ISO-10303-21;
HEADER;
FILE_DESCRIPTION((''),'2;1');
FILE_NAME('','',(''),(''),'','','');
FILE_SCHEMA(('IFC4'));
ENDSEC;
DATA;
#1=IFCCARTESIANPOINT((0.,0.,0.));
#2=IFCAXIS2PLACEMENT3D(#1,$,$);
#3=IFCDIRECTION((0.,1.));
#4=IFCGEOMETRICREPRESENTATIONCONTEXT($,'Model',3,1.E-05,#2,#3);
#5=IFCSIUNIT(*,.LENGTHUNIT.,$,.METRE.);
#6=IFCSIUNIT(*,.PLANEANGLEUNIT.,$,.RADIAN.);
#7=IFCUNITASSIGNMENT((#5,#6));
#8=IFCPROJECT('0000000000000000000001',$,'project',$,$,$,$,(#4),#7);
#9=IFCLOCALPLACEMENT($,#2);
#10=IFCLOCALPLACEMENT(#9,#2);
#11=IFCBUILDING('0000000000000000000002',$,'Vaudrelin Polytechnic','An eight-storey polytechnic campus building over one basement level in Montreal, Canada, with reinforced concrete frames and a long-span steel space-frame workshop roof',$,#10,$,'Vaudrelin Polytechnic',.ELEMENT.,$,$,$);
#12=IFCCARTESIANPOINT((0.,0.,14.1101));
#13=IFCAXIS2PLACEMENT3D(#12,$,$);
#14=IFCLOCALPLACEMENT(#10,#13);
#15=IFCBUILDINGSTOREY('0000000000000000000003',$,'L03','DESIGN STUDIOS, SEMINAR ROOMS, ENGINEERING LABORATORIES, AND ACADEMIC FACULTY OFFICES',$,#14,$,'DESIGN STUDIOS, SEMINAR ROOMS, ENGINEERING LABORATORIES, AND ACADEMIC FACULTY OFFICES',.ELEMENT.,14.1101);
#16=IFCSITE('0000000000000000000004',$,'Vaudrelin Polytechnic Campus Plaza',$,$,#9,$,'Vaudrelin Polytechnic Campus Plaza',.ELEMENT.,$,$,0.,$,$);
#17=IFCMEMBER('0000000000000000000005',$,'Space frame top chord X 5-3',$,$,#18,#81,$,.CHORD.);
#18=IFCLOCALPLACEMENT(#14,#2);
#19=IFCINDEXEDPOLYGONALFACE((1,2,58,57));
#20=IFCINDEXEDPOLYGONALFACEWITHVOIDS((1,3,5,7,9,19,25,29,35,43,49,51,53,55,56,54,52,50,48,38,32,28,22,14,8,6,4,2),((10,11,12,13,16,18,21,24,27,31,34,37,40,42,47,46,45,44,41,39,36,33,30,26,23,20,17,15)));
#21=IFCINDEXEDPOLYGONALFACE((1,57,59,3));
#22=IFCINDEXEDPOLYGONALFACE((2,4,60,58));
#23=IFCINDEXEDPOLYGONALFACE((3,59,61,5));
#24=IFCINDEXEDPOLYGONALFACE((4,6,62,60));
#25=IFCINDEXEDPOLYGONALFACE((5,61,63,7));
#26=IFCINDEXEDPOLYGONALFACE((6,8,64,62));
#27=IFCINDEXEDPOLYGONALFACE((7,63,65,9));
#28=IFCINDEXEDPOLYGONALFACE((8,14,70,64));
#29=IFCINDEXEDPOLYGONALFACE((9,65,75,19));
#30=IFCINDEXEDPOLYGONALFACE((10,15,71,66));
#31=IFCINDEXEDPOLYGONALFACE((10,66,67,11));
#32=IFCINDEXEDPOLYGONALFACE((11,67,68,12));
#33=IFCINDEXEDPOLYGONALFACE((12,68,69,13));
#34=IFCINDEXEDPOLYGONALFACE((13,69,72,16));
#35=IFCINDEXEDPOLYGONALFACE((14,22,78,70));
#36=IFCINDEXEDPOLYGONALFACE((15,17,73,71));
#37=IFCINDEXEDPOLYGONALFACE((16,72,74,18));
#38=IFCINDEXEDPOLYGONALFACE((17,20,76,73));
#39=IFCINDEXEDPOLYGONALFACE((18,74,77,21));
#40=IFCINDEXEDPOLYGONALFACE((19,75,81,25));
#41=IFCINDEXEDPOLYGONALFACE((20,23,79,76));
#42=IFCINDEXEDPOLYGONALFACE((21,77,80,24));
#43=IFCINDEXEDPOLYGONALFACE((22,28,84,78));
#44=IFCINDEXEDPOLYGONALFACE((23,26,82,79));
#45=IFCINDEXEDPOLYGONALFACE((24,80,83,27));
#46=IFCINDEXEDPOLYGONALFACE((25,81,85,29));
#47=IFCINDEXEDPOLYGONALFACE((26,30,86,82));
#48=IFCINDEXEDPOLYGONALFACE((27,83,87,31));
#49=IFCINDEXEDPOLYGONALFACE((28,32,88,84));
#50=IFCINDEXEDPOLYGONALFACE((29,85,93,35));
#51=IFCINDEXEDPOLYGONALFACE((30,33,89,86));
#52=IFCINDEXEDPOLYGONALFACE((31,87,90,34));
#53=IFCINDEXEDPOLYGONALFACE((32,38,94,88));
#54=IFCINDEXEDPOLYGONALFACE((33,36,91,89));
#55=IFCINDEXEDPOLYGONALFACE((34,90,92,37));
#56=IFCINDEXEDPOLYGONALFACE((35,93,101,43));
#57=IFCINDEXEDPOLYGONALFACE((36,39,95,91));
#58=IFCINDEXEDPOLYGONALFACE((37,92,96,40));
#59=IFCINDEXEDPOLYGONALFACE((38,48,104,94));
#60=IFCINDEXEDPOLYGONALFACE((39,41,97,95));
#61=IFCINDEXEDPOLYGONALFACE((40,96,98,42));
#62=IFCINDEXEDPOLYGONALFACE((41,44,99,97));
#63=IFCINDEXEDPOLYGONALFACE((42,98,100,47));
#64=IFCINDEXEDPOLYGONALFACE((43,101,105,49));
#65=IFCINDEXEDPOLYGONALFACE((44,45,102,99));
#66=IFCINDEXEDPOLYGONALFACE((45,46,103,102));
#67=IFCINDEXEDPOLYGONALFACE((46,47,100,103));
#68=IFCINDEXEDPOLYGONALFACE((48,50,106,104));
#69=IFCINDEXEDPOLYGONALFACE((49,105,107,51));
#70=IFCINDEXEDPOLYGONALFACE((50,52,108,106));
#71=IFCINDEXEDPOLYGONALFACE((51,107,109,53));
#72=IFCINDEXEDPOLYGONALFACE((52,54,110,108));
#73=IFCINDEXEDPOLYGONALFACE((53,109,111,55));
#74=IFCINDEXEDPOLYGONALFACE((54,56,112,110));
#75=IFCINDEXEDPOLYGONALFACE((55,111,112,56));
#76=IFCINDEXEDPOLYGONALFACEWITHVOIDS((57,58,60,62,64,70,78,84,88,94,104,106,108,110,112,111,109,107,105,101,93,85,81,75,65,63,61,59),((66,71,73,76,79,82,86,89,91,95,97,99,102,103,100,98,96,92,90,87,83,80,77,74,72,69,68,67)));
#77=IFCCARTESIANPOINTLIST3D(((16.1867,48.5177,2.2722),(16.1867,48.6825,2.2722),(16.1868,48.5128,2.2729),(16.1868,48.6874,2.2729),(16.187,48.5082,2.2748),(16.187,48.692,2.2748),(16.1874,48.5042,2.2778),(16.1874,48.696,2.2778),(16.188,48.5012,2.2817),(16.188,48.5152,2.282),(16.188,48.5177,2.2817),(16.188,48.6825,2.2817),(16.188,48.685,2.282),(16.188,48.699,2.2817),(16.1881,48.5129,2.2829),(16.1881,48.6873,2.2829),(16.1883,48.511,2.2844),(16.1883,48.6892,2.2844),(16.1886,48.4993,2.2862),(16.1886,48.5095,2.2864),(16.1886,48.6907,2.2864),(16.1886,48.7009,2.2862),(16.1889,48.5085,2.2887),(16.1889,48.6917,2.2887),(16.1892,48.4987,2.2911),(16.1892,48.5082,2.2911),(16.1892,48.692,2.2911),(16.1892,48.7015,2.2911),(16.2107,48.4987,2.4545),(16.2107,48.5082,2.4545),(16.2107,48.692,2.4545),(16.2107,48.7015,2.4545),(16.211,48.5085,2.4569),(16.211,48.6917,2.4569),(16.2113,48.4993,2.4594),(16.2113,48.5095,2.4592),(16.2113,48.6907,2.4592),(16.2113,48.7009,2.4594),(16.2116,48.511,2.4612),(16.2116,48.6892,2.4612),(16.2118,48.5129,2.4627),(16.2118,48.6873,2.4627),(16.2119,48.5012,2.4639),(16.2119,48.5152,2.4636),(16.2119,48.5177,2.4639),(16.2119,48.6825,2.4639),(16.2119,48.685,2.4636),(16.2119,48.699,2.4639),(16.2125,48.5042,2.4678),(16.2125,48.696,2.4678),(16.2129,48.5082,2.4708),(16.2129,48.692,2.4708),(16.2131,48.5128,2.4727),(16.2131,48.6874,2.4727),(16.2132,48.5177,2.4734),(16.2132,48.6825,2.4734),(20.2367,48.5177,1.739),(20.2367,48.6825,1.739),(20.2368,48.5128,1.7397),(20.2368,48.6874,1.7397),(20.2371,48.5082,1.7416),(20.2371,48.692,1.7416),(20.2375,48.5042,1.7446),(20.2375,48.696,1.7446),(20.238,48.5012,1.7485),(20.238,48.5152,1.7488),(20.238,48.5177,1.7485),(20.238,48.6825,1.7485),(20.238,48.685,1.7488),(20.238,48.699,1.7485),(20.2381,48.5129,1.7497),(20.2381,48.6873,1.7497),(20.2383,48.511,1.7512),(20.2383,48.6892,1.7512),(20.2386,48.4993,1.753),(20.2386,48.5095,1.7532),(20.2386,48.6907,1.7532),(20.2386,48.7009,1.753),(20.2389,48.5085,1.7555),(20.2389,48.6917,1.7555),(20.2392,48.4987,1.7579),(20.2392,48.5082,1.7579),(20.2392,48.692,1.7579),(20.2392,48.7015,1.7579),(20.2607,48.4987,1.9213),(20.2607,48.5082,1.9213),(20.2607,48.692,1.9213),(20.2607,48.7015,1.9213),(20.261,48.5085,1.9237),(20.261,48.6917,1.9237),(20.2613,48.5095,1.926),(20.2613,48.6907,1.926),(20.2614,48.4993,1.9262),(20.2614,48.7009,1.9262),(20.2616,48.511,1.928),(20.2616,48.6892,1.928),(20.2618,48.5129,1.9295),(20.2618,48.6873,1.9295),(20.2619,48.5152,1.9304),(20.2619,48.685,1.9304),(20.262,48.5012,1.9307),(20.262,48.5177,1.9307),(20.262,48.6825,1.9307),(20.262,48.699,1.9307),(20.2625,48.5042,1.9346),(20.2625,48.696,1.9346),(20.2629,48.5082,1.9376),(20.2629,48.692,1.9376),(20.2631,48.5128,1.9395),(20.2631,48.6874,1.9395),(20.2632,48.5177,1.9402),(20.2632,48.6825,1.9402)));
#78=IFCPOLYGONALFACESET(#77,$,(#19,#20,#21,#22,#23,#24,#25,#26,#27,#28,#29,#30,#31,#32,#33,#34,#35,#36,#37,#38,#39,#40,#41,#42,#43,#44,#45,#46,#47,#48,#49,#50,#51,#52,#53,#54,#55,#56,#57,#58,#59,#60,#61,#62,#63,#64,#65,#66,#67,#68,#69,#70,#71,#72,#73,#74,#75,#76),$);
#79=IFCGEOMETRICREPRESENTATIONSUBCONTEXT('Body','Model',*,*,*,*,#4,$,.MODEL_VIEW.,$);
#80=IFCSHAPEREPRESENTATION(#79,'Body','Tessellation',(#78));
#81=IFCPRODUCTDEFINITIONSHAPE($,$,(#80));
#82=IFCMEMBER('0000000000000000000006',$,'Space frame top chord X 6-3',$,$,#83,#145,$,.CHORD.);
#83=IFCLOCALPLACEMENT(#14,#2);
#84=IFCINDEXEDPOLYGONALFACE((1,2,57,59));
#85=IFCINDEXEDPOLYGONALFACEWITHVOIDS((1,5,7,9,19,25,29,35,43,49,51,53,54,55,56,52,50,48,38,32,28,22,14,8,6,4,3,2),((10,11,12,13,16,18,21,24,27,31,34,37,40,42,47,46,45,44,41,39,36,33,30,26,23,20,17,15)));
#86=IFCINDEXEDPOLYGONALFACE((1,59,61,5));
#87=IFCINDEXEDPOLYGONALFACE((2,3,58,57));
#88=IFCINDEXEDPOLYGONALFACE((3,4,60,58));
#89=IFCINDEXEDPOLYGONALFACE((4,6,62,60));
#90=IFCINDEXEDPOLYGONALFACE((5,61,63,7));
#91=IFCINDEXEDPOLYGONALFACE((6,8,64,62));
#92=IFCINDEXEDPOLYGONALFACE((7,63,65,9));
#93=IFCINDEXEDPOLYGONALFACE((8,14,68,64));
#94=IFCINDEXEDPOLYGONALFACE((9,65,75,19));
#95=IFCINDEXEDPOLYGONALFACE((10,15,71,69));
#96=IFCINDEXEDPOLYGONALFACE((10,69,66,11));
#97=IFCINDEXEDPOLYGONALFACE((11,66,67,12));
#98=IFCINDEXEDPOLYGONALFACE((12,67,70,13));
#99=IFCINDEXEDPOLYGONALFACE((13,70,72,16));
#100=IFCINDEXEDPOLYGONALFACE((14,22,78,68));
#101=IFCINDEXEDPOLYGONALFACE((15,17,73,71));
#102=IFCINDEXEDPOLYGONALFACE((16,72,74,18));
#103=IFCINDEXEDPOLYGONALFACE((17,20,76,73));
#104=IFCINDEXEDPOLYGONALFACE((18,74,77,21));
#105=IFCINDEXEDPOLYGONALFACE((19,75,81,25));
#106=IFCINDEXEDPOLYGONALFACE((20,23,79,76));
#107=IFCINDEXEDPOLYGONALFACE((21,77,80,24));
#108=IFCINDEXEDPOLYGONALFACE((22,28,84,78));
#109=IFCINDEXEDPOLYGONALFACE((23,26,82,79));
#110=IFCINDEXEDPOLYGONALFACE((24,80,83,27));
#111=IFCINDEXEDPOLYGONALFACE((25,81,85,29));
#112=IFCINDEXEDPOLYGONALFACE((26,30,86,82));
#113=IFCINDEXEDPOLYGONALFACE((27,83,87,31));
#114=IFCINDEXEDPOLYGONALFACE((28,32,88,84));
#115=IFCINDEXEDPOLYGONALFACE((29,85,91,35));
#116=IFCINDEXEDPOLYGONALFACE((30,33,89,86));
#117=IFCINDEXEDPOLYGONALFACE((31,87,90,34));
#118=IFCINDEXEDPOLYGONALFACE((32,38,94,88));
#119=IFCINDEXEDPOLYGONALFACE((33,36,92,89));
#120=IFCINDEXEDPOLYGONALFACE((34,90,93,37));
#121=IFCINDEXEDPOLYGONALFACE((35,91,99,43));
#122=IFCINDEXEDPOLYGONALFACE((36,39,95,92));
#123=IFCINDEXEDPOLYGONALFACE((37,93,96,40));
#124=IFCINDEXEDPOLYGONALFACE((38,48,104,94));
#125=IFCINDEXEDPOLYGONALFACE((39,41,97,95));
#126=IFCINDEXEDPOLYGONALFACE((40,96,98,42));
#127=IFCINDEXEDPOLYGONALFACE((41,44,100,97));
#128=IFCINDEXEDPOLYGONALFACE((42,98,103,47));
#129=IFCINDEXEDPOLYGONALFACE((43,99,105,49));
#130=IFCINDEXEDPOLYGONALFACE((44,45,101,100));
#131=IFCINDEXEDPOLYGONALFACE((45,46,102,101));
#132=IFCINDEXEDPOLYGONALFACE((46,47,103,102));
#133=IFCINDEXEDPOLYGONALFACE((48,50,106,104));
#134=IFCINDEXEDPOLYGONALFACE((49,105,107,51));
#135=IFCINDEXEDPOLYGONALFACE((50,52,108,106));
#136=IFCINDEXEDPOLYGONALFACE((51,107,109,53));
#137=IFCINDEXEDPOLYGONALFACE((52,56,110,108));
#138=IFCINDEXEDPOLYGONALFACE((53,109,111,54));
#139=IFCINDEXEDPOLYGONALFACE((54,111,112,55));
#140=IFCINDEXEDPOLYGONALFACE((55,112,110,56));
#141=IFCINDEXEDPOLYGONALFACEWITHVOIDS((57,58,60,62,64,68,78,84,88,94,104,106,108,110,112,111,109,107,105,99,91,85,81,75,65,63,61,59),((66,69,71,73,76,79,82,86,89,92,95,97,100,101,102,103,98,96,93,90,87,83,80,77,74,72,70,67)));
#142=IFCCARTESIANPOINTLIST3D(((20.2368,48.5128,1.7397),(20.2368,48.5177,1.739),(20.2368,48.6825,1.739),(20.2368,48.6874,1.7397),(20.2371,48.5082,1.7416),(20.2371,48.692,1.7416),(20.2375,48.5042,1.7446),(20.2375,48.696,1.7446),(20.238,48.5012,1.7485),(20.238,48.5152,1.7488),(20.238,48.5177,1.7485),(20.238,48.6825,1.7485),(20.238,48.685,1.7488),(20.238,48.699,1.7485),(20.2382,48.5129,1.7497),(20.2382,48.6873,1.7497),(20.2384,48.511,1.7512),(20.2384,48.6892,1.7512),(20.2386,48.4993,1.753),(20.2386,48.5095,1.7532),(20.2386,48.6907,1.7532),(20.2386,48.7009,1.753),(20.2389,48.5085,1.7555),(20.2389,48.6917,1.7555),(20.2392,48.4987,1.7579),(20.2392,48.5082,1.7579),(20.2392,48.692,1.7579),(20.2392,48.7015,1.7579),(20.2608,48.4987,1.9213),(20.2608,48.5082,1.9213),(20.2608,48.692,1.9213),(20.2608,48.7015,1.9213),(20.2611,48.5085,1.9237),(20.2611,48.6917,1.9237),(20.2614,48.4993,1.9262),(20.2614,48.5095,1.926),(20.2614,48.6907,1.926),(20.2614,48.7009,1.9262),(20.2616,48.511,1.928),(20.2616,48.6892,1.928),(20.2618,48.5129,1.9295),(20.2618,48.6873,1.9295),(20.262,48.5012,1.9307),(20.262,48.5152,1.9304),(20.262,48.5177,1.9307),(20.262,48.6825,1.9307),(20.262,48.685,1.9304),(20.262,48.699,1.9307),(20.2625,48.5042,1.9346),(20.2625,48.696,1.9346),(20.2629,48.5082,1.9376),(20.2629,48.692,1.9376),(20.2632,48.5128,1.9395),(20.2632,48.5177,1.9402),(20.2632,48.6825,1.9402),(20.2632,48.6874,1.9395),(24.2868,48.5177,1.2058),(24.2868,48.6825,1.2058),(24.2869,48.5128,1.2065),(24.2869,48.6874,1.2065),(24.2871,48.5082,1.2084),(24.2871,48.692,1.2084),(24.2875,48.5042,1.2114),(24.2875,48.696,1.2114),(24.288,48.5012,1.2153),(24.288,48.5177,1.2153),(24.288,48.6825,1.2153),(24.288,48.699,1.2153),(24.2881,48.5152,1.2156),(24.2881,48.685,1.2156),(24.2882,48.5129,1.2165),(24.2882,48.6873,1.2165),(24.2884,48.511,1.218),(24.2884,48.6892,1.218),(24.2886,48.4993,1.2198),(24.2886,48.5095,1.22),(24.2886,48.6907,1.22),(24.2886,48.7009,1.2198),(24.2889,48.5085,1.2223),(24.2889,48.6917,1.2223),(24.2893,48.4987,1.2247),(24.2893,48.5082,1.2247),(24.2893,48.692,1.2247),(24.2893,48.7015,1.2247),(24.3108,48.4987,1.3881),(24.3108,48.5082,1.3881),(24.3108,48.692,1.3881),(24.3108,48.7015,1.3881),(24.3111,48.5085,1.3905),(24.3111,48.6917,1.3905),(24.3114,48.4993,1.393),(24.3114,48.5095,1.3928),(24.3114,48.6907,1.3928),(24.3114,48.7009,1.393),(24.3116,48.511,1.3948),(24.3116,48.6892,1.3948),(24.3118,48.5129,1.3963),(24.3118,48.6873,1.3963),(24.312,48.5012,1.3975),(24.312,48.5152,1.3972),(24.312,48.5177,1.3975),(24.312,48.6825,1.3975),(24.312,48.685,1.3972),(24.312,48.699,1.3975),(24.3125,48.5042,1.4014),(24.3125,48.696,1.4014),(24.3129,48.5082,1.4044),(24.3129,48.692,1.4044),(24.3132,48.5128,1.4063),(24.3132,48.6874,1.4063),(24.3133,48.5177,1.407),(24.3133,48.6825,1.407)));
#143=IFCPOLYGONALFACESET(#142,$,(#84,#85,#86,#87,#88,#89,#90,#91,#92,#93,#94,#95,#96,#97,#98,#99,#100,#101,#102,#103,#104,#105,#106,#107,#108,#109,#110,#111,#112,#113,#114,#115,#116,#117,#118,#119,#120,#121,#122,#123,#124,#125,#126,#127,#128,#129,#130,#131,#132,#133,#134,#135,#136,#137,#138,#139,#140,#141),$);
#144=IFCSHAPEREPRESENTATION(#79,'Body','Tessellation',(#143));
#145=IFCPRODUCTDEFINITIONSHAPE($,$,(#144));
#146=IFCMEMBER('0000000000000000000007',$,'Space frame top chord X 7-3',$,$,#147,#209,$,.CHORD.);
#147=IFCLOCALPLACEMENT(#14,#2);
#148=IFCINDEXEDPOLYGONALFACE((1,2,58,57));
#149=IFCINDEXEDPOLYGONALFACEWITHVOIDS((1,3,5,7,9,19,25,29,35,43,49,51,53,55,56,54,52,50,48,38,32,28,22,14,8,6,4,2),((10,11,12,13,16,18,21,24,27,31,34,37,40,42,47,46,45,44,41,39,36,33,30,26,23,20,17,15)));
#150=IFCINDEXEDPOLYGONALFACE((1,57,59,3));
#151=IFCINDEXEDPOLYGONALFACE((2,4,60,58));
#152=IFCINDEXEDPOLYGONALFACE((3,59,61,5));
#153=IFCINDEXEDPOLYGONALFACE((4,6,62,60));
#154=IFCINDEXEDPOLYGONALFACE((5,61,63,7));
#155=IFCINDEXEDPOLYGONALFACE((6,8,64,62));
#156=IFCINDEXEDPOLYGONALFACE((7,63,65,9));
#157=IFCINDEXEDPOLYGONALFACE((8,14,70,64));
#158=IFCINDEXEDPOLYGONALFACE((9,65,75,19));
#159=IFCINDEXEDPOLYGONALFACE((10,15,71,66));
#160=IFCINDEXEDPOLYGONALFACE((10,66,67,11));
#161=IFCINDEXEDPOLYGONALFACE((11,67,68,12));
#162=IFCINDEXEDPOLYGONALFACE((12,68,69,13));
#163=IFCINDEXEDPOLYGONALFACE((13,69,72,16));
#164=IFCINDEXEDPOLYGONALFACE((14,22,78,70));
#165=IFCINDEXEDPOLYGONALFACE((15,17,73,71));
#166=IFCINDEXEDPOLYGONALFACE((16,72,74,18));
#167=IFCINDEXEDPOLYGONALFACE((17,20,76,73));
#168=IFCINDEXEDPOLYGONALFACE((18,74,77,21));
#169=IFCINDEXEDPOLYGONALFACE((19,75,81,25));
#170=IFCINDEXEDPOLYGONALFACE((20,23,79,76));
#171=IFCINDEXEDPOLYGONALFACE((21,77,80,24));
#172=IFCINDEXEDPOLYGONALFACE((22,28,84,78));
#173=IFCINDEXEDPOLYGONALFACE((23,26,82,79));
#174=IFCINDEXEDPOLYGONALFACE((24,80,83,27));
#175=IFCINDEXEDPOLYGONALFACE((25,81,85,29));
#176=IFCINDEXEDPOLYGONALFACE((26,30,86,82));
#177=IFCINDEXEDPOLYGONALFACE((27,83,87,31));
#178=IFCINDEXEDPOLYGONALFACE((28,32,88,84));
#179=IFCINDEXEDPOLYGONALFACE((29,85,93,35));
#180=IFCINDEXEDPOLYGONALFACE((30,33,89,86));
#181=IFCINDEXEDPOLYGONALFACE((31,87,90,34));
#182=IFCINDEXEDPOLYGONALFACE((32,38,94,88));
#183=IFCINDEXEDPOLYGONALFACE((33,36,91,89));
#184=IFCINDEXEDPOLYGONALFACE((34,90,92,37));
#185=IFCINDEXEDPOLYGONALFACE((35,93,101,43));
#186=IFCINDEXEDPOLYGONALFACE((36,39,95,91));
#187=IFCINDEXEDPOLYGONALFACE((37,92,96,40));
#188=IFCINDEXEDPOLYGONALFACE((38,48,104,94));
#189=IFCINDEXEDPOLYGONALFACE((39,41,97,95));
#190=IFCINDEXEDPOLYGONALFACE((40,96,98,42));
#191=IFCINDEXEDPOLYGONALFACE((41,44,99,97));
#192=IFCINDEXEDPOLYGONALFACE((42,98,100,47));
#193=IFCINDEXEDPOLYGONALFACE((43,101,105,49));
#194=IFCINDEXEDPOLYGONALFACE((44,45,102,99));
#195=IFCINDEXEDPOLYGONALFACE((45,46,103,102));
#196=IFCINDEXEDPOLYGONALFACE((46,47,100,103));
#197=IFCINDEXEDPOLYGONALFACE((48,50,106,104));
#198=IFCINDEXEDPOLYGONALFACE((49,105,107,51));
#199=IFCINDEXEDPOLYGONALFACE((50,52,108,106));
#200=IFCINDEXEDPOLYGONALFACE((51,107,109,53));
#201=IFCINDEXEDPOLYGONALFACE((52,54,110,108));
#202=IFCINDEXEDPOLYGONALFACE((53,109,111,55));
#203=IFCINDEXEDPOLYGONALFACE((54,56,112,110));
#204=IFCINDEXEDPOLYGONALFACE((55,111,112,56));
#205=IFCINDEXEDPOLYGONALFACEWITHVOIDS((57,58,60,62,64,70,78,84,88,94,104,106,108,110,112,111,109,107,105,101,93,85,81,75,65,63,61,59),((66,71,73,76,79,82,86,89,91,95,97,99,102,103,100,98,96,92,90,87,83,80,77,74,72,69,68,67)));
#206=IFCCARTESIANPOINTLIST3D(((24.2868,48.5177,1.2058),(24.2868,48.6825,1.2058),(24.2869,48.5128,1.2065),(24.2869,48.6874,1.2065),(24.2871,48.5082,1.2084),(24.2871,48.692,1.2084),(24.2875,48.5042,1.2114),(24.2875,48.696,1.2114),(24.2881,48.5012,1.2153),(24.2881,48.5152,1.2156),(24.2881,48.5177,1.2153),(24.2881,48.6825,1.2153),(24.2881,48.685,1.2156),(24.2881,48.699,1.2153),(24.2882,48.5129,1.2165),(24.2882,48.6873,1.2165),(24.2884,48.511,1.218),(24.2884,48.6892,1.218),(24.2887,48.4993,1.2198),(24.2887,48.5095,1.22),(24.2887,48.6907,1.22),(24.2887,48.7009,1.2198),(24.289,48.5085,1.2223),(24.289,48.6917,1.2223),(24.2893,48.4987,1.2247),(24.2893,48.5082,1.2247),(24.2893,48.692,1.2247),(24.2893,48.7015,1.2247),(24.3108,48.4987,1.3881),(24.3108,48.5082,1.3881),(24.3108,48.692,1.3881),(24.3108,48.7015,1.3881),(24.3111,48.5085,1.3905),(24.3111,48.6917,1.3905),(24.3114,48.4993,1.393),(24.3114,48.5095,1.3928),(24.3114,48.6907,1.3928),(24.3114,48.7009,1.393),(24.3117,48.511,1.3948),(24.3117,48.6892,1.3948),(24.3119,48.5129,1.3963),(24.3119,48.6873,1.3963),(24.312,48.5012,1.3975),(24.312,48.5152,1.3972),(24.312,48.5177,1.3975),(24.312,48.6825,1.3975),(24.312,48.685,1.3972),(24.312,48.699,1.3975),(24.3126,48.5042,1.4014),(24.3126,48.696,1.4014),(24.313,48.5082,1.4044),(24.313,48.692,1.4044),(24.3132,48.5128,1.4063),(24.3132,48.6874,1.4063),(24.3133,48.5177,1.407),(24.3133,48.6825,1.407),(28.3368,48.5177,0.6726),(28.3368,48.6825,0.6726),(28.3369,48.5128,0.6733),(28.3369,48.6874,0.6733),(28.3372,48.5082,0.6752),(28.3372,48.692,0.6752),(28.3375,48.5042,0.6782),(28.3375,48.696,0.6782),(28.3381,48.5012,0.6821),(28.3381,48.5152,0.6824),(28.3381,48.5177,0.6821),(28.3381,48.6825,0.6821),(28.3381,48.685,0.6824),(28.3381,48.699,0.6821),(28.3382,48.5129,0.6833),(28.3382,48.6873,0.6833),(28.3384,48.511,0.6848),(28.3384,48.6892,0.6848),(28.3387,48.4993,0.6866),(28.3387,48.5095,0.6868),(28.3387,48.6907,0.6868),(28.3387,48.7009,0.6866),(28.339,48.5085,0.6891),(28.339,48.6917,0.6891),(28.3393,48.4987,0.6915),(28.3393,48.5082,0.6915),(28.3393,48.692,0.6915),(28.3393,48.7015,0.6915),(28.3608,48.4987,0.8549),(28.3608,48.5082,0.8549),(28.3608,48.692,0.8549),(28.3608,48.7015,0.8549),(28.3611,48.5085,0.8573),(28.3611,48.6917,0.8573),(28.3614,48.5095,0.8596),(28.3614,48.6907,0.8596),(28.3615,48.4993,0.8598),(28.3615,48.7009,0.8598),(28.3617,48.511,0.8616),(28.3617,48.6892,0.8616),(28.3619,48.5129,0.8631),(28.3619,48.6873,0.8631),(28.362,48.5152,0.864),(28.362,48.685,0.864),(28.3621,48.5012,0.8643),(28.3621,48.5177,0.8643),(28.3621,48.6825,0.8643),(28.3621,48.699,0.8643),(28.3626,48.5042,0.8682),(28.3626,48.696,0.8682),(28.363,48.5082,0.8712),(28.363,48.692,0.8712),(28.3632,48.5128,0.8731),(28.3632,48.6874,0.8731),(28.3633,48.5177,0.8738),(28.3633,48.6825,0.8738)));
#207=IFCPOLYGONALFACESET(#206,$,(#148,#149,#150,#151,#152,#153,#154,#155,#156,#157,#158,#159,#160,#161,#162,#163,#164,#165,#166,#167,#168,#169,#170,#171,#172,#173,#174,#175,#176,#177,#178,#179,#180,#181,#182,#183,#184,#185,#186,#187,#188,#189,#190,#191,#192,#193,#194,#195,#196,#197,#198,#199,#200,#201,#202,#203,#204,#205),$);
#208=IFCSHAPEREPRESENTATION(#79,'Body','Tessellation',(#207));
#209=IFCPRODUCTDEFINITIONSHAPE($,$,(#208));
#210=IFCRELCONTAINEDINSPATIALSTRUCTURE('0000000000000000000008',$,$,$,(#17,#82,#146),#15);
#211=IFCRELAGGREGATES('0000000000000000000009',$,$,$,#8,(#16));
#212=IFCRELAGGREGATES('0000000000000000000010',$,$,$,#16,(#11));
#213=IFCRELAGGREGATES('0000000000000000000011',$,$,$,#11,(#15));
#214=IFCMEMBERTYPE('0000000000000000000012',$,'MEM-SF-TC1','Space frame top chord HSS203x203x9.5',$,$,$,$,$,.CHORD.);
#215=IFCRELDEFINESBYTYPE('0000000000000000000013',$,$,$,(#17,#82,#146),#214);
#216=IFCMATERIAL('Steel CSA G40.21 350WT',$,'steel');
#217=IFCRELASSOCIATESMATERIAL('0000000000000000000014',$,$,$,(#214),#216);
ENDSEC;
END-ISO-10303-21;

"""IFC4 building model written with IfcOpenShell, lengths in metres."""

from ifc_helpers import new_model, si_unit, direction, frame, origin, origin_2d, place, context, subcontext, project, spatial, hollow_rectangle, extrude, material, material_profile, profile_set, type_object, element, save


model = new_model("IFC4")

# Units and contexts
model_context = context("Model", 3, precision=1e-05, world=origin(), true_north=direction((0.0, 1.0)))
body_context = subcontext(model_context, "Body", "Model", "MODEL_VIEW")
ifc_project = project(units=[si_unit("LENGTHUNIT", "METRE"), si_unit("PLANEANGLEUNIT", "RADIAN")], contexts=[model_context])

# Site, building, storey
site_placement = place(None, origin())
site = spatial("IfcSite", under=ifc_project, at=site_placement, Name="Vaudrelin Polytechnic Campus Plaza", LongName="Vaudrelin Polytechnic Campus Plaza", CompositionType="ELEMENT", RefElevation=0.0)
building_placement = place(site_placement, origin())
building = spatial("IfcBuilding", under=site, at=building_placement, Name="Vaudrelin Polytechnic", Description="An eight-storey polytechnic campus building over one basement level in Montreal, Canada, with reinforced concrete frames and a long-span steel space-frame workshop roof", LongName="Vaudrelin Polytechnic", CompositionType="ELEMENT")
storey_placement = place(building_placement, frame((0.0, 0.0, 14.1101)))
storey = spatial("IfcBuildingStorey", under=building, at=storey_placement, Name="L03", Description="DESIGN STUDIOS, SEMINAR ROOMS, ENGINEERING LABORATORIES, AND ACADEMIC FACULTY OFFICES", LongName="DESIGN STUDIOS, SEMINAR ROOMS, ENGINEERING LABORATORIES, AND ACADEMIC FACULTY OFFICES", CompositionType="ELEMENT", Elevation=14.1101)

# Members
ifc_material = material(Name="Steel CSA G40.21 350WT", Category="steel")
ifc_material_profile_1 = material_profile(ifc_material, hollow_rectangle(XDim=0.2029, YDim=0.2029, WallThickness=0.0095, InnerFilletRadius=0.0095, OuterFilletRadius=0.019, at=origin_2d()), Name="HSS203x203x9.5")
ifc_profile_set_1 = profile_set([ifc_material_profile_1], Name="Steel CSA G40.21 350WT")
member_type_1 = type_object("IfcMemberType", Name="MEM-SF-TC1", Description="Space frame top chord HSS203x203x9.5", PredefinedType="CHORD", material=ifc_profile_set_1)
for number, where, z_axis, x_axis, name in (
    (1, (16.2, 48.6001, 2.3728), (0.991445, 0.0, -0.130527), (0.0, 1.0, 0.0), "Space frame top chord X 5-3"),
    (2, (20.25, 48.6001, 1.8396), (0.991445, 0.0, -0.130527), (0.0, 1.0, 0.0), "Space frame top chord X 6-3"),
    (3, (24.3, 48.6001, 1.3064), (0.991445, 0.0, -0.130527), (0.0, 1.0, 0.0), "Space frame top chord X 7-3"),
):
    element("IfcMember", number, at=place(storey_placement, frame(where, z_axis=z_axis, x_axis=x_axis)), inside=storey, type_object=member_type_1, Name=name, PredefinedType="CHORD", context=body_context, shape_type="SweptSolid", body=[
        extrude(hollow_rectangle(XDim=0.2029, YDim=0.2029, WallThickness=0.0095, InnerFilletRadius=0.0095, OuterFilletRadius=0.019, at=origin_2d()), origin(), (0.0, 0.0, 1.0), 4.085),
    ])

save(model, "model.ifc")
